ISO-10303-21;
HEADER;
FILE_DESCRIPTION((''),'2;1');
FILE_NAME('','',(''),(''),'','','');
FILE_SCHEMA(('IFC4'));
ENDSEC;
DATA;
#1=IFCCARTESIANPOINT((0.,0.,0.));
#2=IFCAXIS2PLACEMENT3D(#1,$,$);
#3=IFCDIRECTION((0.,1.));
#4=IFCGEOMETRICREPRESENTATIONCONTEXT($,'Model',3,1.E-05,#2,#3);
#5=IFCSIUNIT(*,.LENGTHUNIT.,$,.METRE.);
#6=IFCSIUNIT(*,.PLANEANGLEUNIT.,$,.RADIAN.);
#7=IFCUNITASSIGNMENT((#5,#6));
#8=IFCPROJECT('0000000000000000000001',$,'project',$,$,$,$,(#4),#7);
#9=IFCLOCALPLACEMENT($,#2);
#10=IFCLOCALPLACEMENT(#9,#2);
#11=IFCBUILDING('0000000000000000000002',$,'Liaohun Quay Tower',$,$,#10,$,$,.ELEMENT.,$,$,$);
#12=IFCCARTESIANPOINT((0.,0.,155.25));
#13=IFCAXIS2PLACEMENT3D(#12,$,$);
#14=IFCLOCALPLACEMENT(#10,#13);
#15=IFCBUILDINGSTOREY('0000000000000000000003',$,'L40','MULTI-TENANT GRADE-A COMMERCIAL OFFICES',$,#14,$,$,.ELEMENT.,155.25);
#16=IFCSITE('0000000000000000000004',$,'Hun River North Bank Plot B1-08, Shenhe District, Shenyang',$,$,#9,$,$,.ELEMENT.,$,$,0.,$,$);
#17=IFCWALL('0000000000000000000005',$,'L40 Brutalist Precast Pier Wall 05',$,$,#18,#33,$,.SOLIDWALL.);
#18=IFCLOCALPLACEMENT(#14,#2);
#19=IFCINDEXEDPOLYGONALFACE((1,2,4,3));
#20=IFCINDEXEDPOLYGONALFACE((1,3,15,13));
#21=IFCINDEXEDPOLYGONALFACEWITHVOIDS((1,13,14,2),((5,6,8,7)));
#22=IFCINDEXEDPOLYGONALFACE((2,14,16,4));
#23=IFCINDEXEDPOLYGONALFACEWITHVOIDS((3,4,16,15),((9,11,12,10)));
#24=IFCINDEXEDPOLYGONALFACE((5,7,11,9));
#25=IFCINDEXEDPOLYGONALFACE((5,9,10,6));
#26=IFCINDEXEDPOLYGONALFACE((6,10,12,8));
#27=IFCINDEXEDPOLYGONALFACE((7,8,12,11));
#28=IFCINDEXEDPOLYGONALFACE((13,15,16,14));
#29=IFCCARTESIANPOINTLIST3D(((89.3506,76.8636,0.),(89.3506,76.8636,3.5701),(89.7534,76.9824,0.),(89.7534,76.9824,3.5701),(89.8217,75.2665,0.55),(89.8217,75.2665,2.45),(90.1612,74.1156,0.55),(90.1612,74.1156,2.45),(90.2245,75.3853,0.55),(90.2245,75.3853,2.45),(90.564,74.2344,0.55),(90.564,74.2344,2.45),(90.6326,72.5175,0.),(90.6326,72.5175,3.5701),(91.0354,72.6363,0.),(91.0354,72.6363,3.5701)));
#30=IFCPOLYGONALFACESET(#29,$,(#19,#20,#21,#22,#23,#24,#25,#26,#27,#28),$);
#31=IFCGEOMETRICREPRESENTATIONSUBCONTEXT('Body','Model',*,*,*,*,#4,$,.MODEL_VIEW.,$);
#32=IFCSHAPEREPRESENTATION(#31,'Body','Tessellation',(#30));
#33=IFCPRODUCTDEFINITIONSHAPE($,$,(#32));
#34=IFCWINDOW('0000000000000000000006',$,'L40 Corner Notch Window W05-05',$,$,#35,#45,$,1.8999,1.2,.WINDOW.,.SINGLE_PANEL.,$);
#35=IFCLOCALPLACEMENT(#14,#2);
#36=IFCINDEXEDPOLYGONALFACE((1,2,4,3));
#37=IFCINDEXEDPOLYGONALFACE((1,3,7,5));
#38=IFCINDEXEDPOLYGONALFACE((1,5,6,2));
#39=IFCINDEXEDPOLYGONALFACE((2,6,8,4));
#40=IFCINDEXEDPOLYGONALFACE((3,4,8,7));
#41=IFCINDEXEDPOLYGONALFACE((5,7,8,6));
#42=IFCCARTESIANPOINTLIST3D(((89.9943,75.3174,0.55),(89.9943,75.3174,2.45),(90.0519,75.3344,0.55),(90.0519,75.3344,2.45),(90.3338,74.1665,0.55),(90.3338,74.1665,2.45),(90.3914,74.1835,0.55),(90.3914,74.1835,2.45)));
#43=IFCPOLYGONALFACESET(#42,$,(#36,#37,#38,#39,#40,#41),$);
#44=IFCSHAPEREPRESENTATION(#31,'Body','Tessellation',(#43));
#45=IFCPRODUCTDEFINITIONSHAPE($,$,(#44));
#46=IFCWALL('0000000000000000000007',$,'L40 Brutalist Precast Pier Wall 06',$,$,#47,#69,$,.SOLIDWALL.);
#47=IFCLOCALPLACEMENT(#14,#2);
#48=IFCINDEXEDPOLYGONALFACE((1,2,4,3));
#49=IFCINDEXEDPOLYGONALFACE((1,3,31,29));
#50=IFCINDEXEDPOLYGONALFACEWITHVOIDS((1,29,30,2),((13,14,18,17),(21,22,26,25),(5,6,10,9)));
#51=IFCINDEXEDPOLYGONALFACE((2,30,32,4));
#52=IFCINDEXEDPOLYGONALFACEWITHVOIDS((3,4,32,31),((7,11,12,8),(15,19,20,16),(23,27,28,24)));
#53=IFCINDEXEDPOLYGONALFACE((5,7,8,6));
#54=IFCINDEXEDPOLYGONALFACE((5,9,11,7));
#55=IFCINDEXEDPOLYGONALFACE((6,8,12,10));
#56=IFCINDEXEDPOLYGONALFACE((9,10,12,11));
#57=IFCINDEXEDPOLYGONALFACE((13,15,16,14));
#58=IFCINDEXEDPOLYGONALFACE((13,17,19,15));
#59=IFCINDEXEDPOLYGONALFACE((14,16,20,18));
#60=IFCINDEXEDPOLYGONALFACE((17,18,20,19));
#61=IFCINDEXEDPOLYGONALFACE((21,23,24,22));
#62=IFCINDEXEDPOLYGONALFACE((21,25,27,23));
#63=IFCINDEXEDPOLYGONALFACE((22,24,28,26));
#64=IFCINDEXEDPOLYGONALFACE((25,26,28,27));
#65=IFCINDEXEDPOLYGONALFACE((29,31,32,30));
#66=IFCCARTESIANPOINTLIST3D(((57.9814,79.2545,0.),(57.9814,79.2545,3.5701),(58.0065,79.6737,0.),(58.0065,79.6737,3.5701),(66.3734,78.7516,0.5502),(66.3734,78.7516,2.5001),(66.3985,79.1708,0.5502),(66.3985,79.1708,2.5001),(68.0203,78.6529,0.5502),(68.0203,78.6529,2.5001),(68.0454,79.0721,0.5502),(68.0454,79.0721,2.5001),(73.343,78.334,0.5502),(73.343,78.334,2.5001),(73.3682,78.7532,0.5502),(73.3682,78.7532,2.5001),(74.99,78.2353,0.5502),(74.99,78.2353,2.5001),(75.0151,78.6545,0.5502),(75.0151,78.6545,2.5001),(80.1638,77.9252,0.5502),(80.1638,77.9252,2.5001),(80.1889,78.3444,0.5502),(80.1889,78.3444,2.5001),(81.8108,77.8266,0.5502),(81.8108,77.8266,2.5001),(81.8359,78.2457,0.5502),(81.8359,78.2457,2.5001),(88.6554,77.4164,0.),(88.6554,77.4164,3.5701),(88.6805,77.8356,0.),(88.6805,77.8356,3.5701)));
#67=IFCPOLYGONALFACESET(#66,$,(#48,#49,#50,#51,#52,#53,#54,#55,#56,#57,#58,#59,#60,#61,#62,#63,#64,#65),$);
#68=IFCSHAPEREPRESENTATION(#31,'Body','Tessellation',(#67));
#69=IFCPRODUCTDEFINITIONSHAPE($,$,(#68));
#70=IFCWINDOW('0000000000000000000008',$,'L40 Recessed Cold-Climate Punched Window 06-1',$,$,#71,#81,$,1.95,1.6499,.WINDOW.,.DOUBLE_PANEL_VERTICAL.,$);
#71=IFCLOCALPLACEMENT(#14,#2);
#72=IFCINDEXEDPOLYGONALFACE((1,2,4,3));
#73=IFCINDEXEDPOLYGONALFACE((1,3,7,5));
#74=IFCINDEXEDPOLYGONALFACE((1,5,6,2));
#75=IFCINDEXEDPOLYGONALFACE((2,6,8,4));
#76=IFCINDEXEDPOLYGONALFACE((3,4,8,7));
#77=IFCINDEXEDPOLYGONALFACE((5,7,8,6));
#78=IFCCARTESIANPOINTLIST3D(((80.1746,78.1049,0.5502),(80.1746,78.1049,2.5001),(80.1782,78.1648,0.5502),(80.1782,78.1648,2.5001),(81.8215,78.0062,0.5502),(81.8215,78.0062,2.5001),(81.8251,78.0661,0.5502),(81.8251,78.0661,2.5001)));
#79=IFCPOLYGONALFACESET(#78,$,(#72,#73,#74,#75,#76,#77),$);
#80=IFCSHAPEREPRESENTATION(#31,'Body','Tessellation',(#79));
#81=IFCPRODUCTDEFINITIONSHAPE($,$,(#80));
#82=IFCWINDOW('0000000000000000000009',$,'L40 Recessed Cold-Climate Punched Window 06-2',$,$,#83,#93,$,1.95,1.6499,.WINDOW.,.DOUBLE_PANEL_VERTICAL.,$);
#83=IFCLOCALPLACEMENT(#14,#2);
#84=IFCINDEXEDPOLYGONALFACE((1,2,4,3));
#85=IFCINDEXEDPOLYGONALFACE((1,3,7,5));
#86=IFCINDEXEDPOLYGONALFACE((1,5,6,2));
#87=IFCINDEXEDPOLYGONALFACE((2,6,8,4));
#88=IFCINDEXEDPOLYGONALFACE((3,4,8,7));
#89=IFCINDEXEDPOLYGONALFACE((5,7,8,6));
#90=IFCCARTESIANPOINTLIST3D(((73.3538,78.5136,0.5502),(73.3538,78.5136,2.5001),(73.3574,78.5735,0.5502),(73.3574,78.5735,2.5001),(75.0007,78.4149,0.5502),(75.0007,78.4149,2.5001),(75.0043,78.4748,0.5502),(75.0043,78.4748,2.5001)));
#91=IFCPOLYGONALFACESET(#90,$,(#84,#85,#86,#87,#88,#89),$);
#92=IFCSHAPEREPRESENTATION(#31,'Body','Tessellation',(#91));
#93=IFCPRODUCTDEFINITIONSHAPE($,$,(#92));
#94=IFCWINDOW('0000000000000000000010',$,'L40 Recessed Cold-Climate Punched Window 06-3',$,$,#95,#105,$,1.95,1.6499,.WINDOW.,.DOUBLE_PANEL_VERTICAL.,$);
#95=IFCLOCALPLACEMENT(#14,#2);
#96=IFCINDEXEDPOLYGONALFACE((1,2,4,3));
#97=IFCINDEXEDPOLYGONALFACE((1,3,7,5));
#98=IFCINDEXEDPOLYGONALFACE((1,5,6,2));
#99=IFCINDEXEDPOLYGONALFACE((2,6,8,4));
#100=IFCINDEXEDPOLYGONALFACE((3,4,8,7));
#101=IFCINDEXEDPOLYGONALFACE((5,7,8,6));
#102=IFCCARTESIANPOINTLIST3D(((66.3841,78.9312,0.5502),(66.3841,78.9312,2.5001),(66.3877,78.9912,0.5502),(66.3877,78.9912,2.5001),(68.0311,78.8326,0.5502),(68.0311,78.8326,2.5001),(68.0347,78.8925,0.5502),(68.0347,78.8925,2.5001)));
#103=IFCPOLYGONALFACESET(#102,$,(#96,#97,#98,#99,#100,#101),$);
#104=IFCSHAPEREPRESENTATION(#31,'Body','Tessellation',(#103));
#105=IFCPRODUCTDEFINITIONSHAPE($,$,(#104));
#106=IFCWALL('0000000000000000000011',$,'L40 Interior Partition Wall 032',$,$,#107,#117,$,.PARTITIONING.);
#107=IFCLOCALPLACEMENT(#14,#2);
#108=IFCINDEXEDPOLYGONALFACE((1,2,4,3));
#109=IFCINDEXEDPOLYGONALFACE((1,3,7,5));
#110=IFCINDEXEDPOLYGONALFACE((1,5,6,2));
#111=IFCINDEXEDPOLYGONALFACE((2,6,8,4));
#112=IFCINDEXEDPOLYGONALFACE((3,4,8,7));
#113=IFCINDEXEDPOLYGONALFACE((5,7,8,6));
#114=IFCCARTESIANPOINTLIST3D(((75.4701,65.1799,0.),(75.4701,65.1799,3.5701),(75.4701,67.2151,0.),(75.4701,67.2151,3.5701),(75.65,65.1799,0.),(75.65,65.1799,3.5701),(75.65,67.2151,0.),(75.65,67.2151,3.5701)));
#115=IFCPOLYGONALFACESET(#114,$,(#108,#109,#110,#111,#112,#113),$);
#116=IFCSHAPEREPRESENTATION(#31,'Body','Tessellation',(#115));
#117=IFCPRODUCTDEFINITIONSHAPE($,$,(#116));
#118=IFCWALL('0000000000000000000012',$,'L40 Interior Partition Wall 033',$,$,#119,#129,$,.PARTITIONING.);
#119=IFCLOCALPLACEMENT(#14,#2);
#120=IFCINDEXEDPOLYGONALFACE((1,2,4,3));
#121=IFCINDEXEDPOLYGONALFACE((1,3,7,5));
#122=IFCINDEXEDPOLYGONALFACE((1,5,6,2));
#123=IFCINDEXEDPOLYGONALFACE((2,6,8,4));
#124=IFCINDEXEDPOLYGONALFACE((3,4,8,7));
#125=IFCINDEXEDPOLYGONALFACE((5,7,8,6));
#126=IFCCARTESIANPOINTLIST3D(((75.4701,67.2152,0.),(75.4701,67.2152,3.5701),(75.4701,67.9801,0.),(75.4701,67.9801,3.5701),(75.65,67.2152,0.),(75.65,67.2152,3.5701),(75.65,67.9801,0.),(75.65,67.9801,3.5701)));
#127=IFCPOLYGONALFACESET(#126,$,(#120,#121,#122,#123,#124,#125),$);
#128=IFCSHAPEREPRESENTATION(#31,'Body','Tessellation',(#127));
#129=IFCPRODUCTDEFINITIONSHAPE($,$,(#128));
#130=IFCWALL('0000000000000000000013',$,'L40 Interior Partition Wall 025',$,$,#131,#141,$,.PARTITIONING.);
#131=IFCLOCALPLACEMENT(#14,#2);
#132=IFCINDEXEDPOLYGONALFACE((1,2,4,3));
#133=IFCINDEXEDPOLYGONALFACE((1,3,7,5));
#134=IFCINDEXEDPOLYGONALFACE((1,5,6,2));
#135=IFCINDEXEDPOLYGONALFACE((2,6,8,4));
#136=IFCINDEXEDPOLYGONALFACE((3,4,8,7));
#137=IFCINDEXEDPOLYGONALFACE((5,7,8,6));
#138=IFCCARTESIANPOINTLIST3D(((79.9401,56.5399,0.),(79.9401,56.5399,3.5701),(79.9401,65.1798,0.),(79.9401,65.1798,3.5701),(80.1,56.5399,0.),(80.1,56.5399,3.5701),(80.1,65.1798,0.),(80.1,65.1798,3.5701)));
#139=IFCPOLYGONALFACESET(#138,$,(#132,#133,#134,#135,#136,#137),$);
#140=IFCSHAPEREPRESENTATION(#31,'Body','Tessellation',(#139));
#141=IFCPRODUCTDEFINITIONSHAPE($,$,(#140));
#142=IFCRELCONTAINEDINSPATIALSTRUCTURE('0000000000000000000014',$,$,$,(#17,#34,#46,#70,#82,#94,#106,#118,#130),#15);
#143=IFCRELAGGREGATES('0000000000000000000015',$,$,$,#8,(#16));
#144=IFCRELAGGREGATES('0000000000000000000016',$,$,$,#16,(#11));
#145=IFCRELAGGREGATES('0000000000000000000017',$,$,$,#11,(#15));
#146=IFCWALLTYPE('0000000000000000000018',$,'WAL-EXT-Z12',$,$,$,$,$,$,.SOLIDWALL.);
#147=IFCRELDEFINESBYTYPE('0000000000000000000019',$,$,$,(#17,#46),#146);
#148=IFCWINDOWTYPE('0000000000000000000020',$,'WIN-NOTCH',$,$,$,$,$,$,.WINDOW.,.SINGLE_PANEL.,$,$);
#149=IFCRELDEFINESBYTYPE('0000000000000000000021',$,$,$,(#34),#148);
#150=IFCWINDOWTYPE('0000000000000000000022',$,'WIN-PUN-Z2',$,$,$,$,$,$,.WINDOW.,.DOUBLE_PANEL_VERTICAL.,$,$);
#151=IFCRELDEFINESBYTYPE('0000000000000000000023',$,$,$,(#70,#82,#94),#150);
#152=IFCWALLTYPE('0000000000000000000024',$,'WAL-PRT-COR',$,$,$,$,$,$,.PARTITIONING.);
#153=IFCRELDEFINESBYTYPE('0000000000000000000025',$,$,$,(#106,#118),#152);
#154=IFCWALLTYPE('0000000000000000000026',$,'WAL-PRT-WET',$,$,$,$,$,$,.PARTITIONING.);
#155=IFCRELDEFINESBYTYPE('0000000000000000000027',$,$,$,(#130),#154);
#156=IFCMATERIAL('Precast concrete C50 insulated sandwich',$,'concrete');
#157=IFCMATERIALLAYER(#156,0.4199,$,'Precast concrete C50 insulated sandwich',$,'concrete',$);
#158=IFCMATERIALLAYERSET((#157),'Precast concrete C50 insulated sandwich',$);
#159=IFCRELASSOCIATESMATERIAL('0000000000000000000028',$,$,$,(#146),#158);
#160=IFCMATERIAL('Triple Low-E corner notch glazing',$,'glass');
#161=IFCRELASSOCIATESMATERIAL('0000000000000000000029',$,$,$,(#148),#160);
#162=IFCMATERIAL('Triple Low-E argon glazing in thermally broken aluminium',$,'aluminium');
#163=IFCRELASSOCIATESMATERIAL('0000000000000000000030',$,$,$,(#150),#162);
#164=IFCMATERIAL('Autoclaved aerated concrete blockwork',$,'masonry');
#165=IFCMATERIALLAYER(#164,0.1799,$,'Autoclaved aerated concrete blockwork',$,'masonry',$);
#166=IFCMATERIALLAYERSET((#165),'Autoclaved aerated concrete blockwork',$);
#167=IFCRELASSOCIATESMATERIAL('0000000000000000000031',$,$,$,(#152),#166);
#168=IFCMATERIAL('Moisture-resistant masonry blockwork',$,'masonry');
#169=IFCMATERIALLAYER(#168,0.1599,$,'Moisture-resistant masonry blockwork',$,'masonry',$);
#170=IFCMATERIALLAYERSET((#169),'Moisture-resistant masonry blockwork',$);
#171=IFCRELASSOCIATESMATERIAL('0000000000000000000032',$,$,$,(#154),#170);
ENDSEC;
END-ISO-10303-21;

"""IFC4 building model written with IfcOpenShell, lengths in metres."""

from ifc_helpers import new_model, si_unit, direction, frame, frame_2d, origin, place, context, subcontext, project, spatial, rectangle, extrude, source, transform, mapped, material, layer, layer_set, type_object, element, fill, save


model = new_model("IFC4")

# Units and contexts
model_context = context("Model", 3, precision=1e-05, world=origin(), true_north=direction((0.0, 1.0)))
body_context = subcontext(model_context, "Body", "Model", "MODEL_VIEW")
ifc_project = project(units=[si_unit("LENGTHUNIT", "METRE"), si_unit("PLANEANGLEUNIT", "RADIAN")], contexts=[model_context])

# Site, building, storey
site_placement = place(None, origin())
site = spatial("IfcSite", under=ifc_project, at=site_placement, Name="Hun River North Bank Plot B1-08, Shenhe District, Shenyang", CompositionType="ELEMENT", RefElevation=0.0)
building_placement = place(site_placement, origin())
building = spatial("IfcBuilding", under=site, at=building_placement, Name="Liaohun Quay Tower", CompositionType="ELEMENT")
storey_placement = place(building_placement, frame((0.0, 0.0, 155.25)))
storey = spatial("IfcBuildingStorey", under=building, at=storey_placement, Name="L40", Description="MULTI-TENANT GRADE-A COMMERCIAL OFFICES", CompositionType="ELEMENT", Elevation=155.25)

# Wall, opening, window
ifc_material_1 = material(Name="Precast concrete C50 insulated sandwich", Category="concrete")
ifc_layer_1 = layer(ifc_material_1, 0.4199, Name="Precast concrete C50 insulated sandwich", Category="concrete")
ifc_layer_set_1 = layer_set([ifc_layer_1], Name="Precast concrete C50 insulated sandwich")
wall_type_1 = type_object("IfcWallType", Name="WAL-EXT-Z12", PredefinedType="SOLIDWALL", material=ifc_layer_set_1)
shared_shape_1 = source(origin(), body_context, "Body", "SweptSolid", [
    extrude(rectangle(XDim=1.2, YDim=1.8999, at=frame_2d((0.6001, 0.95))), frame((0.0, 0.22, 0.0), z_axis=(0.0, -1.0, 0.0), x_axis=(1.0, 0.0, 0.0)), (0.0, 0.0, 1.0), 0.4399),
])
ifc_material_2 = material(Name="Triple Low-E corner notch glazing", Category="glass")
window_type_1 = type_object("IfcWindowType", Name="WIN-NOTCH", PartitioningType="SINGLE_PANEL", PredefinedType="WINDOW", material=ifc_material_2)
shared_shape_2 = source(origin(), body_context, "Body", "SweptSolid", [
    extrude(rectangle(XDim=1.2, YDim=1.8999, at=frame_2d((0.6001, 0.95))), frame((0.0, 0.03, 0.0), z_axis=(0.0, -1.0, 0.0), x_axis=(1.0, 0.0, 0.0)), (0.0, 0.0, 1.0), 0.0601),
])
wall_1_placement = place(storey_placement, frame((90.834, 72.5769, 0.0), z_axis=(0.0, 0.0, 1.0), x_axis=(-0.282916, 0.959145, 0.0)))
wall_1 = element("IfcWall", 1, at=wall_1_placement, inside=storey, type_object=wall_type_1, Name="L40 Brutalist Precast Pier Wall 05", PredefinedType="SOLIDWALL", context=body_context, shape_type="SweptSolid", body=[
    extrude(rectangle(XDim=4.5312, YDim=0.4199, at=frame_2d((2.2656, 0.0))), origin(), (0.0, 0.0, 1.0), 3.5701),
])
opening_1_placement = place(wall_1_placement, frame((1.666, 0.0, 0.55)))
opening_1 = element("IfcOpeningElement", 2, at=opening_1_placement, cuts=wall_1, PredefinedType="OPENING", context=body_context, shape_type="MappedRepresentation", body=[
    mapped(shared_shape_1, transform((0.0, 0.0, 0.0), x_axis=(1.0, 0.0, 0.0), y_axis=(0.0, 1.0, 0.0), z_axis=(0.0, 0.0, 1.0), scale=1.0)),
])
window_1_placement = place(opening_1_placement, origin())
window_1 = element("IfcWindow", 3, at=window_1_placement, inside=storey, type_object=window_type_1, Name="L40 Corner Notch Window W05-05", OverallHeight=1.8999, OverallWidth=1.2, PartitioningType="SINGLE_PANEL", PredefinedType="WINDOW", context=body_context, shape_type="MappedRepresentation", body=[
    mapped(shared_shape_2, transform((0.0, 0.0, 0.0), x_axis=(1.0, 0.0, 0.0), y_axis=(0.0, 1.0, 0.0), z_axis=(0.0, 0.0, 1.0), scale=1.0)),
])
fill(opening_1, window_1)

# Wall, openings, windows
wall_2_placement = place(storey_placement, frame((88.668, 77.626, 0.0), z_axis=(0.0, 0.0, 1.0), x_axis=(-0.998209, 0.059817, 0.0)))
wall_2 = element("IfcWall", 4, at=wall_2_placement, inside=storey, type_object=wall_type_1, Name="L40 Brutalist Precast Pier Wall 06", PredefinedType="SOLIDWALL", context=body_context, shape_type="SweptSolid", body=[
    extrude(rectangle(XDim=30.729, YDim=0.4199, at=frame_2d((15.3645, 0.0))), origin(), (0.0, 0.0, 1.0), 3.5701),
])
shared_shape_3 = source(origin(), body_context, "Body", "SweptSolid", [
    extrude(rectangle(XDim=1.6499, YDim=1.95, at=frame_2d((0.825, 0.9751))), frame((0.0, 0.22, 0.0), z_axis=(0.0, -1.0, 0.0), x_axis=(1.0, 0.0, 0.0)), (0.0, 0.0, 1.0), 0.4399),
])
opening_2_placement = place(wall_2_placement, frame((6.8569, 0.0, 0.55)))
opening_2 = element("IfcOpeningElement", 5, at=opening_2_placement, cuts=wall_2, PredefinedType="OPENING", context=body_context, shape_type="MappedRepresentation", body=[
    mapped(shared_shape_3, transform((0.0, 0.0, 0.0), x_axis=(1.0, 0.0, 0.0), y_axis=(0.0, 1.0, 0.0), z_axis=(0.0, 0.0, 1.0), scale=1.0)),
])
opening_3_placement = place(wall_2_placement, frame((13.6899, 0.0, 0.55)))
opening_3 = element("IfcOpeningElement", 6, at=opening_3_placement, cuts=wall_2, PredefinedType="OPENING", context=body_context, shape_type="MappedRepresentation", body=[
    mapped(shared_shape_3, transform((0.0, 0.0, 0.0), x_axis=(1.0, 0.0, 0.0), y_axis=(0.0, 1.0, 0.0), z_axis=(0.0, 0.0, 1.0), scale=1.0)),
])
opening_4_placement = place(wall_2_placement, frame((20.6721, 0.0, 0.55)))
opening_4 = element("IfcOpeningElement", 7, at=opening_4_placement, cuts=wall_2, PredefinedType="OPENING", context=body_context, shape_type="MappedRepresentation", body=[
    mapped(shared_shape_3, transform((0.0, 0.0, 0.0), x_axis=(1.0, 0.0, 0.0), y_axis=(0.0, 1.0, 0.0), z_axis=(0.0, 0.0, 1.0), scale=1.0)),
])
ifc_material_3 = material(Name="Triple Low-E argon glazing in thermally broken aluminium", Category="aluminium")
window_type_2 = type_object("IfcWindowType", Name="WIN-PUN-Z2", PartitioningType="DOUBLE_PANEL_VERTICAL", PredefinedType="WINDOW", material=ifc_material_3)
shared_shape_4 = source(origin(), body_context, "Body", "SweptSolid", [
    extrude(rectangle(XDim=1.6499, YDim=1.95, at=frame_2d((0.825, 0.9751))), frame((0.0, 0.03, 0.0), z_axis=(0.0, -1.0, 0.0), x_axis=(1.0, 0.0, 0.0)), (0.0, 0.0, 1.0), 0.0601),
])
window_2_placement = place(opening_2_placement, origin())
window_2 = element("IfcWindow", 8, at=window_2_placement, inside=storey, type_object=window_type_2, Name="L40 Recessed Cold-Climate Punched Window 06-1", OverallHeight=1.95, OverallWidth=1.6499, PartitioningType="DOUBLE_PANEL_VERTICAL", PredefinedType="WINDOW", context=body_context, shape_type="MappedRepresentation", body=[
    mapped(shared_shape_4, transform((0.0, 0.0, 0.0), x_axis=(1.0, 0.0, 0.0), y_axis=(0.0, 1.0, 0.0), z_axis=(0.0, 0.0, 1.0), scale=1.0)),
])
fill(opening_2, window_2)
window_3_placement = place(opening_3_placement, origin())
window_3 = element("IfcWindow", 9, at=window_3_placement, inside=storey, type_object=window_type_2, Name="L40 Recessed Cold-Climate Punched Window 06-2", OverallHeight=1.95, OverallWidth=1.6499, PartitioningType="DOUBLE_PANEL_VERTICAL", PredefinedType="WINDOW", context=body_context, shape_type="MappedRepresentation", body=[
    mapped(shared_shape_4, transform((0.0, 0.0, 0.0), x_axis=(1.0, 0.0, 0.0), y_axis=(0.0, 1.0, 0.0), z_axis=(0.0, 0.0, 1.0), scale=1.0)),
])
fill(opening_3, window_3)
window_4_placement = place(opening_4_placement, origin())
window_4 = element("IfcWindow", 10, at=window_4_placement, inside=storey, type_object=window_type_2, Name="L40 Recessed Cold-Climate Punched Window 06-3", OverallHeight=1.95, OverallWidth=1.6499, PartitioningType="DOUBLE_PANEL_VERTICAL", PredefinedType="WINDOW", context=body_context, shape_type="MappedRepresentation", body=[
    mapped(shared_shape_4, transform((0.0, 0.0, 0.0), x_axis=(1.0, 0.0, 0.0), y_axis=(0.0, 1.0, 0.0), z_axis=(0.0, 0.0, 1.0), scale=1.0)),
])
fill(opening_4, window_4)

# Walls
ifc_material_4 = material(Name="Autoclaved aerated concrete blockwork", Category="masonry")
ifc_layer_2 = layer(ifc_material_4, 0.1799, Name="Autoclaved aerated concrete blockwork", Category="masonry")
ifc_layer_set_2 = layer_set([ifc_layer_2], Name="Autoclaved aerated concrete blockwork")
wall_type_2 = type_object("IfcWallType", Name="WAL-PRT-COR", PredefinedType="PARTITIONING", material=ifc_layer_set_2)
wall_3_placement = place(storey_placement, frame((75.5601, 67.2151, 0.0), z_axis=(0.0, 0.0, 1.0), x_axis=(0.0, -1.0, 0.0)))
element("IfcWall", 11, at=wall_3_placement, inside=storey, type_object=wall_type_2, Name="L40 Interior Partition Wall 032", PredefinedType="PARTITIONING", context=body_context, shape_type="SweptSolid", body=[
    extrude(rectangle(XDim=2.0352, YDim=0.1799, at=frame_2d((1.0176, 0.0))), origin(), (0.0, 0.0, 1.0), 3.5701),
])
wall_4_placement = place(storey_placement, frame((75.5601, 67.98, 0.0), z_axis=(0.0, 0.0, 1.0), x_axis=(0.0, -1.0, 0.0)))
element("IfcWall", 12, at=wall_4_placement, inside=storey, type_object=wall_type_2, Name="L40 Interior Partition Wall 033", PredefinedType="PARTITIONING", context=body_context, shape_type="SweptSolid", body=[
    extrude(rectangle(XDim=0.7649, YDim=0.1799, at=frame_2d((0.3823, 0.0))), origin(), (0.0, 0.0, 1.0), 3.5701),
])
ifc_material_5 = material(Name="Moisture-resistant masonry blockwork", Category="masonry")
ifc_layer_3 = layer(ifc_material_5, 0.1599, Name="Moisture-resistant masonry blockwork", Category="masonry")
ifc_layer_set_3 = layer_set([ifc_layer_3], Name="Moisture-resistant masonry blockwork")
wall_type_3 = type_object("IfcWallType", Name="WAL-PRT-WET", PredefinedType="PARTITIONING", material=ifc_layer_set_3)
wall_5_placement = place(storey_placement, frame((80.02, 56.54, 0.0), z_axis=(0.0, 0.0, 1.0), x_axis=(0.0, 1.0, 0.0)))
element("IfcWall", 13, at=wall_5_placement, inside=storey, type_object=wall_type_3, Name="L40 Interior Partition Wall 025", PredefinedType="PARTITIONING", context=body_context, shape_type="SweptSolid", body=[
    extrude(rectangle(XDim=8.6399, YDim=0.1599, at=frame_2d((4.3198, 0.0))), origin(), (0.0, 0.0, 1.0), 3.5701),
])

save(model, "model.ifc")
